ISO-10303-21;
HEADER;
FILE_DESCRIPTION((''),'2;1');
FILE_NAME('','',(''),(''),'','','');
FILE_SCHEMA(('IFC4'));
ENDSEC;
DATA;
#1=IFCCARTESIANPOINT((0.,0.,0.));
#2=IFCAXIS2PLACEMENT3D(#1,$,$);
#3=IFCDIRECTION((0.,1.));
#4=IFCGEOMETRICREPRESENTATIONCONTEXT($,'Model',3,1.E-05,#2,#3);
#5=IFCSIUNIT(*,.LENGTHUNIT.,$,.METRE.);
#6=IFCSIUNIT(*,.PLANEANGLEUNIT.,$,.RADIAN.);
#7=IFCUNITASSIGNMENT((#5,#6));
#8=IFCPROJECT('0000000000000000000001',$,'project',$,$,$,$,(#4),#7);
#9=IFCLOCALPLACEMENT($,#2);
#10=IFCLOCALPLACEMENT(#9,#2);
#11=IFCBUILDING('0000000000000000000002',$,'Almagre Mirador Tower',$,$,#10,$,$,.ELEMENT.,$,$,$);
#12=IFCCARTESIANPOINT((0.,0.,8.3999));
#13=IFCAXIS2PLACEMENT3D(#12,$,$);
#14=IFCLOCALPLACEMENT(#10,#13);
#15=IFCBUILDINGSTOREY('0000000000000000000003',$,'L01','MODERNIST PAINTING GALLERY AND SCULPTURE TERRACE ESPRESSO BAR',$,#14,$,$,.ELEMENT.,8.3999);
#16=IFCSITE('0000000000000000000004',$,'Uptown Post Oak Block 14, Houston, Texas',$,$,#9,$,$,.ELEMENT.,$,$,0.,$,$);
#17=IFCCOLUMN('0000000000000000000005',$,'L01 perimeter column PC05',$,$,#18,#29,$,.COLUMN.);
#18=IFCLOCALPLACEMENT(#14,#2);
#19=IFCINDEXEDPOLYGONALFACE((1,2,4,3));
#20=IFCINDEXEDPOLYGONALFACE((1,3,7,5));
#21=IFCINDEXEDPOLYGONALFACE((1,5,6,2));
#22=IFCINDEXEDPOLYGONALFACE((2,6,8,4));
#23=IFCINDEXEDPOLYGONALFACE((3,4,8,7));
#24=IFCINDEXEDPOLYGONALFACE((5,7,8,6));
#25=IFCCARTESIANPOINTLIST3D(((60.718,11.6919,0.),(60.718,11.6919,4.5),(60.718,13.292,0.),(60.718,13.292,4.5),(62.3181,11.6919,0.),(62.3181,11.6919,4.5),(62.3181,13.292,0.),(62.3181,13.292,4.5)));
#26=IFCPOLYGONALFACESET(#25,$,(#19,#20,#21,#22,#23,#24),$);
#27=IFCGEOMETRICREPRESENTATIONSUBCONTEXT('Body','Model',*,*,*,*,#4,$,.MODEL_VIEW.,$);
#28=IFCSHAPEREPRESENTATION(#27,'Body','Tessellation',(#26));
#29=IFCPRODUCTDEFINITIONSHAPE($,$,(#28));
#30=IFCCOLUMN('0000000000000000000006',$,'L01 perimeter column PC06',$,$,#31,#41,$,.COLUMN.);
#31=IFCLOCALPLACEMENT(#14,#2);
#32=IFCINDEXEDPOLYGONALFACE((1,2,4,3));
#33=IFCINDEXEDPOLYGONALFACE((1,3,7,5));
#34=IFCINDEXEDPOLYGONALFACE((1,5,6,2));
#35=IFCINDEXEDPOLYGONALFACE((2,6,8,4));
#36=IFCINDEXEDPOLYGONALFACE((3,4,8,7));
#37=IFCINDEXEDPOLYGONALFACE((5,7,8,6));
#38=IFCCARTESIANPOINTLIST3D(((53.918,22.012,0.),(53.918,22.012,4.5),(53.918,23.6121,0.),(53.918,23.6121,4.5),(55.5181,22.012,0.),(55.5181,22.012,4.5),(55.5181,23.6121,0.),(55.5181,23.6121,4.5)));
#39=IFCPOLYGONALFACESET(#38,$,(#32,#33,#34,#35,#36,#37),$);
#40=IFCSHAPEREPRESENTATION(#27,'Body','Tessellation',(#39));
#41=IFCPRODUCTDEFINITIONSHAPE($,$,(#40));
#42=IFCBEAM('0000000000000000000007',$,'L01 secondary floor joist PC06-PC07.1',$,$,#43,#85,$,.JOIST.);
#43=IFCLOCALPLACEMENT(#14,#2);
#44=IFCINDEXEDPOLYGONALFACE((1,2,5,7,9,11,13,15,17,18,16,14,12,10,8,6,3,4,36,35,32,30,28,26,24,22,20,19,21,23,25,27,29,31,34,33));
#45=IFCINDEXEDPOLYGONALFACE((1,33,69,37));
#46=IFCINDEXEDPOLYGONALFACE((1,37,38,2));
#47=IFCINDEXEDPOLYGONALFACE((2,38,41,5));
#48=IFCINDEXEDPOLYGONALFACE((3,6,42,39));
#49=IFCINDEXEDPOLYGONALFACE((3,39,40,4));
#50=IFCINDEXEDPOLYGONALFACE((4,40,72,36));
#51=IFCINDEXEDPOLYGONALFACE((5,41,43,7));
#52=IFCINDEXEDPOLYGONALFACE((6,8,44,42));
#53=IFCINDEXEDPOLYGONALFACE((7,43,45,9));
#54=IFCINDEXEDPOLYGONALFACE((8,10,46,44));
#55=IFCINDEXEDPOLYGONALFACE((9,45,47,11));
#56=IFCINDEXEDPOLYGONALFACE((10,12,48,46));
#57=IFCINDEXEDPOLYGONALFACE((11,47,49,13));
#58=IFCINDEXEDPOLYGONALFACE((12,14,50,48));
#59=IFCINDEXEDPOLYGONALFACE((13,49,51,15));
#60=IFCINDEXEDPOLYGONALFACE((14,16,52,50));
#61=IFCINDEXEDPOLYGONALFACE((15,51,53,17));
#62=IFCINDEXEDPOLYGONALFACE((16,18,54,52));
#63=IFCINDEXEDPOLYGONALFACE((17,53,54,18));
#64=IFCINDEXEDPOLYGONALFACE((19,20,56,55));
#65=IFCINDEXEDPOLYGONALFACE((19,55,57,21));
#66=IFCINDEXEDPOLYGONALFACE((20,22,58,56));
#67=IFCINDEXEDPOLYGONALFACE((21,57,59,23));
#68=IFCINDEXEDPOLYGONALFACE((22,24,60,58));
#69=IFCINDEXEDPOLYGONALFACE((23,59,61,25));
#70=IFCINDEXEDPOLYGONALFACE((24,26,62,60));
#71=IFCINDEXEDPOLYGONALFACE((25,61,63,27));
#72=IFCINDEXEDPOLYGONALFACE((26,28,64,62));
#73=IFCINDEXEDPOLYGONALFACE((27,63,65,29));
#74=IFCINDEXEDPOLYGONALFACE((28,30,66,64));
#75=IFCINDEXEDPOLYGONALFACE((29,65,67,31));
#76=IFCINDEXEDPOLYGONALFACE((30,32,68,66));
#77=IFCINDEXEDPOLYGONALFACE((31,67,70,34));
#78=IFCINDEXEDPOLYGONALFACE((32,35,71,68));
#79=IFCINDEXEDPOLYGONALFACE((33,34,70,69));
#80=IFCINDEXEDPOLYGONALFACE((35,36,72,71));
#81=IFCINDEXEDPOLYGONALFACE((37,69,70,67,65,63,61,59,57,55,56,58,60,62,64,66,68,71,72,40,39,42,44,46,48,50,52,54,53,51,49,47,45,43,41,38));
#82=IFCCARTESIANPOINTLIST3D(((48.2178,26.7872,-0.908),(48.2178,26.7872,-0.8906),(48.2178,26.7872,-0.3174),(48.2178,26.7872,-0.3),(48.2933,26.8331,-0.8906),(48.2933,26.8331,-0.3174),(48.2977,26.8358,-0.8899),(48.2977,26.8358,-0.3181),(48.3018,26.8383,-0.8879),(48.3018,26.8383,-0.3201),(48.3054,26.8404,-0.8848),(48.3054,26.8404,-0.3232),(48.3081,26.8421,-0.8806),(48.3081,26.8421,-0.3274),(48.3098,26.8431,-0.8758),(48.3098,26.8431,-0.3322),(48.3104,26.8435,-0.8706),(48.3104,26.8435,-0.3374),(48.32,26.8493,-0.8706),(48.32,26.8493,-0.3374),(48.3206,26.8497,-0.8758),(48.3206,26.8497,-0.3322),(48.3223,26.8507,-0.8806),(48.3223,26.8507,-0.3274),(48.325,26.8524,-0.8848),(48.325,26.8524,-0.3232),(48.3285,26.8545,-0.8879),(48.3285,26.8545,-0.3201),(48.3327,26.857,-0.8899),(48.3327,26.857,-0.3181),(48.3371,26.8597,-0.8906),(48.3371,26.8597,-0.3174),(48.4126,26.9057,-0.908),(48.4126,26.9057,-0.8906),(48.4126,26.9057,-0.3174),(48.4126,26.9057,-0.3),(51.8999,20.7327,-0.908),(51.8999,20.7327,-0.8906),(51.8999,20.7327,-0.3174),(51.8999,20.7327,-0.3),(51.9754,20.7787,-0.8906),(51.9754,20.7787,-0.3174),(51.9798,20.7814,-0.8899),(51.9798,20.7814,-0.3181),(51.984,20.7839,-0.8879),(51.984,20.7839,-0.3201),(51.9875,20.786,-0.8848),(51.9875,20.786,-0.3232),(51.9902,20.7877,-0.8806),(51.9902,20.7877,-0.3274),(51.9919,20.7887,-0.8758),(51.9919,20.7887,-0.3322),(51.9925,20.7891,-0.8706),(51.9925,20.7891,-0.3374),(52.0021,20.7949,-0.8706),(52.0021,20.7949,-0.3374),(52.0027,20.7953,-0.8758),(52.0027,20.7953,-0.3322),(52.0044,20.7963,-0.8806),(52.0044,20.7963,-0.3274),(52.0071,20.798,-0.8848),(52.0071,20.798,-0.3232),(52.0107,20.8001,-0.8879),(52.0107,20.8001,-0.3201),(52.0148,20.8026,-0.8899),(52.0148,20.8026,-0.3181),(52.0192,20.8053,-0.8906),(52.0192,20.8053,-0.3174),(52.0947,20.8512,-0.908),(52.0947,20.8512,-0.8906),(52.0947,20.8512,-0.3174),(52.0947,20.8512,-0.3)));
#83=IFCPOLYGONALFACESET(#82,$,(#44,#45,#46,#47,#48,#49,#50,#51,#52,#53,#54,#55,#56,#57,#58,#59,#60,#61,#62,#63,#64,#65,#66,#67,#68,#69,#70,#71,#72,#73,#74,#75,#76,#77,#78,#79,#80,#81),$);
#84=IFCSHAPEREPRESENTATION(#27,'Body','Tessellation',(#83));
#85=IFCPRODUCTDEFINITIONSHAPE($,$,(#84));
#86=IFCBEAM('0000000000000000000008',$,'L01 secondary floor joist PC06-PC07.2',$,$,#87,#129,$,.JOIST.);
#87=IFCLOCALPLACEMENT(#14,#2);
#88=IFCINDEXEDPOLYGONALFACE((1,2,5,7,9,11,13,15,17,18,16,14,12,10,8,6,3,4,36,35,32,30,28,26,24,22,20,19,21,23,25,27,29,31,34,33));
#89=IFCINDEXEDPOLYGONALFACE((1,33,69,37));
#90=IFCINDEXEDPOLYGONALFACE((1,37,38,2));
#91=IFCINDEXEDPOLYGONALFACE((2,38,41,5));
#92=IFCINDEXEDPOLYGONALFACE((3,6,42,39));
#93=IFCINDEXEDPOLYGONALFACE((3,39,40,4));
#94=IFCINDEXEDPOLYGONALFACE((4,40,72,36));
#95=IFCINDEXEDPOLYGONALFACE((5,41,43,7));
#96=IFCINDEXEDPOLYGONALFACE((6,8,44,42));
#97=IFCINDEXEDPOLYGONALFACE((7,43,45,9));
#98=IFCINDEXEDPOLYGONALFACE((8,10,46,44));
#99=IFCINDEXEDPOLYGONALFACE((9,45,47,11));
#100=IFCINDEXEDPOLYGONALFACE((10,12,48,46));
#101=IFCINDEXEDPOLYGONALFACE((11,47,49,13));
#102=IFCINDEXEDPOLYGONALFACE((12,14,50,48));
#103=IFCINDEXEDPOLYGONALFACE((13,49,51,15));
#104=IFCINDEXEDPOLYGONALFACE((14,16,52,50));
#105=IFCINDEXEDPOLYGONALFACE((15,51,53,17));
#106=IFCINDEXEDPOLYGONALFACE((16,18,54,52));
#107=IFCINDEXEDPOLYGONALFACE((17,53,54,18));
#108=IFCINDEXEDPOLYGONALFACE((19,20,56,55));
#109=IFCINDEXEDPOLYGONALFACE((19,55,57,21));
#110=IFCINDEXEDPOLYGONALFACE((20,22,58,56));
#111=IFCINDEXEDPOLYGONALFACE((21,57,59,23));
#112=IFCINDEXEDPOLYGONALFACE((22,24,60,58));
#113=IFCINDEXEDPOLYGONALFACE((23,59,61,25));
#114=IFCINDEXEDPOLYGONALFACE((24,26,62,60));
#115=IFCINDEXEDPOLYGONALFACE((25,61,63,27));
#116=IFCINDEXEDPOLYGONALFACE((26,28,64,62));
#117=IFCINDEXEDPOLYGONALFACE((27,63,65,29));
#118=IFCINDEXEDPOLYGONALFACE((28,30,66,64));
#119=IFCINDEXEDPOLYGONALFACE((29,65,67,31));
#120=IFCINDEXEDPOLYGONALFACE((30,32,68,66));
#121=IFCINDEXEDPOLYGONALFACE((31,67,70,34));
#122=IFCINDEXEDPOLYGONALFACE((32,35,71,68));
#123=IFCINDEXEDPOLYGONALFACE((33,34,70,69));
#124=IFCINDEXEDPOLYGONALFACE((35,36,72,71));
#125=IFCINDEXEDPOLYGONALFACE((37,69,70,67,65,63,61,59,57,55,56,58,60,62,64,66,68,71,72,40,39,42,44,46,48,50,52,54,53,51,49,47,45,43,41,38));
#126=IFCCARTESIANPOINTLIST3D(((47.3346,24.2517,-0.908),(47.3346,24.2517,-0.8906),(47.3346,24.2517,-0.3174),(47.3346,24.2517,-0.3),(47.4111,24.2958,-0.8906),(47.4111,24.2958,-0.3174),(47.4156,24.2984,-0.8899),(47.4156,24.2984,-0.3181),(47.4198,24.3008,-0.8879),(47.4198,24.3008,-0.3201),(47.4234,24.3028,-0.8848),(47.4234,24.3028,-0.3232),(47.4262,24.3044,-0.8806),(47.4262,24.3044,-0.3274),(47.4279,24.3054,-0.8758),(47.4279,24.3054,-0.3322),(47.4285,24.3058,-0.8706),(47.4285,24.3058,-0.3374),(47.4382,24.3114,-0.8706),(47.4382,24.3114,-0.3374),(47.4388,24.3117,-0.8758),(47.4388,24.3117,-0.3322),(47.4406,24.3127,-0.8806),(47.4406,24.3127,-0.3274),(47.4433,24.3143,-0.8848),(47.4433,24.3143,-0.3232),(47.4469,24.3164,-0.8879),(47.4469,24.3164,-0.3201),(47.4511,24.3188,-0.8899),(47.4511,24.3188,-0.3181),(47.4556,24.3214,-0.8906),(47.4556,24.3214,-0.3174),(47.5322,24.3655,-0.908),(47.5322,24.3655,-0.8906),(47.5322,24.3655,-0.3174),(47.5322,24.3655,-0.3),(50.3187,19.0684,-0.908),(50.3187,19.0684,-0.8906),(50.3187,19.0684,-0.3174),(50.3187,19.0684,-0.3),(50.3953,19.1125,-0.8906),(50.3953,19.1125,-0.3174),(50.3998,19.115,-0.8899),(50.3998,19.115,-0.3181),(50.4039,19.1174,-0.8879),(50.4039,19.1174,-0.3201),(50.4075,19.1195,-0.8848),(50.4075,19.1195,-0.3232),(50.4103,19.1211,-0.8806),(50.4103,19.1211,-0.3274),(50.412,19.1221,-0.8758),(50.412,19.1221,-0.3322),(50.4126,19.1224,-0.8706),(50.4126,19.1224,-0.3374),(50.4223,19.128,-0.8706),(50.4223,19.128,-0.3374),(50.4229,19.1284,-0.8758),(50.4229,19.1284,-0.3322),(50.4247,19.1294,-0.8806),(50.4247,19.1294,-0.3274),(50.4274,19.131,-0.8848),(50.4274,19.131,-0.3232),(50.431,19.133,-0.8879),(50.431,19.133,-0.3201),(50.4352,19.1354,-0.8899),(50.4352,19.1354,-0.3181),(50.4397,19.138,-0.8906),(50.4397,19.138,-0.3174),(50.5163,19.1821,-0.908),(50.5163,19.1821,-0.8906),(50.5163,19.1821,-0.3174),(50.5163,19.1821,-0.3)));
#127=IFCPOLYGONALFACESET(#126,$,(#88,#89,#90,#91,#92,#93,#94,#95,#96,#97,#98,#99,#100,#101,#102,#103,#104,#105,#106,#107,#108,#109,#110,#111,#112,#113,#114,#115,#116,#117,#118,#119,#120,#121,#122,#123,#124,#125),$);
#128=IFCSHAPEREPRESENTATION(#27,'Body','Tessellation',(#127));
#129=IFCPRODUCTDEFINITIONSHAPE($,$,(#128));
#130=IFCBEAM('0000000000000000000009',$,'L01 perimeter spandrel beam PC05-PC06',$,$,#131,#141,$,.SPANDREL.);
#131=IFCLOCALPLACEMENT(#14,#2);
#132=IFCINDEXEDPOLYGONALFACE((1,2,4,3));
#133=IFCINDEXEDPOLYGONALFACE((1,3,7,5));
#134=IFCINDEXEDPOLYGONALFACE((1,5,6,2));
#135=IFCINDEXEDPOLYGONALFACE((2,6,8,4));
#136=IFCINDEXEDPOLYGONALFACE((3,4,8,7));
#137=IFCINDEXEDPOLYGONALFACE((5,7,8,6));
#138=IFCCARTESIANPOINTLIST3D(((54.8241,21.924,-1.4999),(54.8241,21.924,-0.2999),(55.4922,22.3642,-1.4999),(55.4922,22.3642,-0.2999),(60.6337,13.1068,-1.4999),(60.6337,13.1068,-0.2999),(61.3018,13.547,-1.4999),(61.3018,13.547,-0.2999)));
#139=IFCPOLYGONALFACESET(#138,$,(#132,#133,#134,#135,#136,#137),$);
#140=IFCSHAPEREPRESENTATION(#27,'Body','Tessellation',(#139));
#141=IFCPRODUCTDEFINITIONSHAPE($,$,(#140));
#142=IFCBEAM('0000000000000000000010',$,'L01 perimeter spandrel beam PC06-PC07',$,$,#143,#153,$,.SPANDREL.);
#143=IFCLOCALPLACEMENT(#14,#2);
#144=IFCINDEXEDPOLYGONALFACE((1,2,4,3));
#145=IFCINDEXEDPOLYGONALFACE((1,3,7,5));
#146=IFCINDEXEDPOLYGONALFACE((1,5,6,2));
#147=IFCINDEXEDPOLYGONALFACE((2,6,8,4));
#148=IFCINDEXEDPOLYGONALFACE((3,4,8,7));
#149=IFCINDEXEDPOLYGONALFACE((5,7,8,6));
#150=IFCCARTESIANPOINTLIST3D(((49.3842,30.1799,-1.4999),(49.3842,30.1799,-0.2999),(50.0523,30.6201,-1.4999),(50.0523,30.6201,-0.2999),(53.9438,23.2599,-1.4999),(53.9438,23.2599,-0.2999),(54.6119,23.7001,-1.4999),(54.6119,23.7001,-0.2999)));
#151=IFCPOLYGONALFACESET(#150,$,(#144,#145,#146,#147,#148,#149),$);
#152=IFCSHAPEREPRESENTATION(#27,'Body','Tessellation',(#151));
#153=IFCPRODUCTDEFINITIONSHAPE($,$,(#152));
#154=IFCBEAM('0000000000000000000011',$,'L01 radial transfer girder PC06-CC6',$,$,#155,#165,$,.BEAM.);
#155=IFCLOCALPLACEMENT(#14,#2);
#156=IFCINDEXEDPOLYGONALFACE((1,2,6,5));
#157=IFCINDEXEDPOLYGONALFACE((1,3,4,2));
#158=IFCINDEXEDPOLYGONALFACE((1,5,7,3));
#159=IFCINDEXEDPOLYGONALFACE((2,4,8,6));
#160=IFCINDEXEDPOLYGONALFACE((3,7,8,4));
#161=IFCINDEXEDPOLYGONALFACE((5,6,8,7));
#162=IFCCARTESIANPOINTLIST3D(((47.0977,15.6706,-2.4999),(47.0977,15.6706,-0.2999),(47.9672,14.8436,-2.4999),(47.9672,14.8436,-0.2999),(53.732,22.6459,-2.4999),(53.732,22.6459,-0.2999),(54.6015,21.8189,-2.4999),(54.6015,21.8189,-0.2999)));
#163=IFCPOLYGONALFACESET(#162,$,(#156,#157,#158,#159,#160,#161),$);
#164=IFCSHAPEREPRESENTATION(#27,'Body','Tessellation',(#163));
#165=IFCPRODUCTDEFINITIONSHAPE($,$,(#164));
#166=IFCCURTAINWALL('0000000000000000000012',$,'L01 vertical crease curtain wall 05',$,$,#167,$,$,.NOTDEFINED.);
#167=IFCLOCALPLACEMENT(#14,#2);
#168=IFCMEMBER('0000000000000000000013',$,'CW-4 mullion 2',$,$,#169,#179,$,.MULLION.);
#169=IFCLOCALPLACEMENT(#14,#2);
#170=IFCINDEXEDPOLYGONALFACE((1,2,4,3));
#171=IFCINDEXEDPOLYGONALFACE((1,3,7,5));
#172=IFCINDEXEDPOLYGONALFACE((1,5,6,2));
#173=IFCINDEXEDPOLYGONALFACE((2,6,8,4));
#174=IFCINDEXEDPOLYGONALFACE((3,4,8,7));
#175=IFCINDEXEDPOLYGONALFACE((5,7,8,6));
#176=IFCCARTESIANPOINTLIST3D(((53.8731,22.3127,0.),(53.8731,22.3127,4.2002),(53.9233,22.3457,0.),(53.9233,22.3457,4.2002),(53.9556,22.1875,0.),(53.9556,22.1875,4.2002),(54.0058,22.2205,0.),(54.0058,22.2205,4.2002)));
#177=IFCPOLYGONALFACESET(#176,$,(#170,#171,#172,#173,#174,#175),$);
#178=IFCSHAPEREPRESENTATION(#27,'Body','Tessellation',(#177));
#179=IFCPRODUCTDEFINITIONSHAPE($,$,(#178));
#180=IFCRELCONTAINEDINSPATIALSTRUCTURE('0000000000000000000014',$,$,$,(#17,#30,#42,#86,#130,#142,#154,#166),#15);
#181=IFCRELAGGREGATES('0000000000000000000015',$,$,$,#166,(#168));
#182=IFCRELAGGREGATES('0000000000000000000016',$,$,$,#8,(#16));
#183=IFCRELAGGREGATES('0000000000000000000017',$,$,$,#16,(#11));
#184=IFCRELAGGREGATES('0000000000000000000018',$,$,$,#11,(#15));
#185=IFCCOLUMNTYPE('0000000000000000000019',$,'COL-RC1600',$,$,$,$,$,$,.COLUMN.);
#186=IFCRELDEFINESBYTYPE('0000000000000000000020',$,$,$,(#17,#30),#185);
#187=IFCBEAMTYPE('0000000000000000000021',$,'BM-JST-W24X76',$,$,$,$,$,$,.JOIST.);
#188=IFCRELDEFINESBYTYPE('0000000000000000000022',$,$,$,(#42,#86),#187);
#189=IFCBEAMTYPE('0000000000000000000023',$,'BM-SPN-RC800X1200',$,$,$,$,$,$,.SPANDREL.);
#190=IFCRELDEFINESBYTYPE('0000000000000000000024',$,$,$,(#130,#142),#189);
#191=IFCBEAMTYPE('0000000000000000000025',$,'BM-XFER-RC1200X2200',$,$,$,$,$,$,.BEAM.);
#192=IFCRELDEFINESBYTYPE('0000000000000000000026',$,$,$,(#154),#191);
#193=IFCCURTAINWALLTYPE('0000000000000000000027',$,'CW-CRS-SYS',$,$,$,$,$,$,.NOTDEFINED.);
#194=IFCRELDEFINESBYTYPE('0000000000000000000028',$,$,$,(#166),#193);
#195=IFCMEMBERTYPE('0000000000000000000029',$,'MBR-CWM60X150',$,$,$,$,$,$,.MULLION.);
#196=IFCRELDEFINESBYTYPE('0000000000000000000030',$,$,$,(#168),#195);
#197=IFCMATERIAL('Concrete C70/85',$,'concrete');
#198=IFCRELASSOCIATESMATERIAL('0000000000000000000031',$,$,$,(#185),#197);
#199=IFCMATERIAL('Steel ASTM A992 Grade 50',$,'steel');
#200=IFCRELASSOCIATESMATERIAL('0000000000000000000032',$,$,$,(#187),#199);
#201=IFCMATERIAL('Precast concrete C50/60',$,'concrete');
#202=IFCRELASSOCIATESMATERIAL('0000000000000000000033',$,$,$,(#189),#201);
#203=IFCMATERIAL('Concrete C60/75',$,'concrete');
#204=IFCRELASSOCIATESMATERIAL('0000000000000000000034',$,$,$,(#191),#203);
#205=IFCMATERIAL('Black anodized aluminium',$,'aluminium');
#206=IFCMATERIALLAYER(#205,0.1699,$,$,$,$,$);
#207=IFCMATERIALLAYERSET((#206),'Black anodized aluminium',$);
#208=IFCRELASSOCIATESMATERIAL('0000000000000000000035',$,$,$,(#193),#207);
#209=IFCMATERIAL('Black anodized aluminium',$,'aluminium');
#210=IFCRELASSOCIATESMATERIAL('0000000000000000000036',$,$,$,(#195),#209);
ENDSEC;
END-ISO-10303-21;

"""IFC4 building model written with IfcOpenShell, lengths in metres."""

from ifc_helpers import new_model, si_unit, direction, frame, origin, origin_2d, place, context, subcontext, project, spatial, rectangle, i_section, extrude, material, layer, layer_set, material_profile, profile_set, type_object, element, aggregate, save


model = new_model("IFC4")

# Units and contexts
model_context = context("Model", 3, precision=1e-05, world=origin(), true_north=direction((0.0, 1.0)))
body_context = subcontext(model_context, "Body", "Model", "MODEL_VIEW")
ifc_project = project(units=[si_unit("LENGTHUNIT", "METRE"), si_unit("PLANEANGLEUNIT", "RADIAN")], contexts=[model_context])

# Site, building, storey
site_placement = place(None, origin())
site = spatial("IfcSite", under=ifc_project, at=site_placement, Name="Uptown Post Oak Block 14, Houston, Texas", CompositionType="ELEMENT", RefElevation=0.0)
building_placement = place(site_placement, origin())
building = spatial("IfcBuilding", under=site, at=building_placement, Name="Almagre Mirador Tower", CompositionType="ELEMENT")
storey_placement = place(building_placement, frame((0.0, 0.0, 8.3999)))
storey = spatial("IfcBuildingStorey", under=building, at=storey_placement, Name="L01", Description="MODERNIST PAINTING GALLERY AND SCULPTURE TERRACE ESPRESSO BAR", CompositionType="ELEMENT", Elevation=8.3999)

# Columns
ifc_material_1 = material(Name="Concrete C70/85", Category="concrete")
ifc_material_profile_1 = material_profile(ifc_material_1, rectangle(XDim=1.6001, YDim=1.6001, at=origin_2d()), Name="RC1600X1600")
ifc_profile_set_1 = profile_set([ifc_material_profile_1], Name="Concrete C70/85")
column_type = type_object("IfcColumnType", Name="COL-RC1600", PredefinedType="COLUMN", material=ifc_profile_set_1)
for number, where, z_axis, x_axis, name in (
    (1, (61.5181, 12.4919, 0.0), (0.0, 0.0, 1.0), (1.0, 0.0, 0.0), "L01 perimeter column PC05"),
    (2, (54.718, 22.812, 0.0), (0.0, 0.0, 1.0), (1.0, 0.0, 0.0), "L01 perimeter column PC06"),
):
    element("IfcColumn", number, at=place(storey_placement, frame(where, z_axis=z_axis, x_axis=x_axis)), inside=storey, type_object=column_type, Name=name, PredefinedType="COLUMN", context=body_context, shape_type="SweptSolid", body=[
        extrude(rectangle(XDim=1.6001, YDim=1.6001, at=origin_2d()), origin(), (0.0, 0.0, 1.0), 4.5),
    ])

# Beams
ifc_material_2 = material(Name="Steel ASTM A992 Grade 50", Category="steel")
ifc_material_profile_2 = material_profile(ifc_material_2, i_section(OverallWidth=0.228, OverallDepth=0.6079, WebThickness=0.0112, FlangeThickness=0.0173, FilletRadius=0.02, at=origin_2d()), Name="W24X76")
ifc_profile_set_2 = profile_set([ifc_material_profile_2], Name="Steel ASTM A992 Grade 50")
beam_type_1 = type_object("IfcBeamType", Name="BM-JST-W24X76", PredefinedType="JOIST", material=ifc_profile_set_2)
beam_1_placement = place(storey_placement, frame((51.9973, 20.792, -0.604), z_axis=(-0.519619, 0.854398, 0.0), x_axis=(-0.854398, -0.519619, 0.0)))
element("IfcBeam", 3, at=beam_1_placement, inside=storey, type_object=beam_type_1, Name="L01 secondary floor joist PC06-PC07.1", PredefinedType="JOIST", context=body_context, shape_type="SweptSolid", body=[
    extrude(i_section(OverallWidth=0.228, OverallDepth=0.6079, WebThickness=0.0112, FlangeThickness=0.0173, FilletRadius=0.02, at=origin_2d()), origin(), (0.0, 0.0, 1.0), 7.0862),
])
beam_2_placement = place(storey_placement, frame((50.4175, 19.1252, -0.604), z_axis=(-0.498937, 0.866639, 0.0), x_axis=(-0.866639, -0.498937, 0.0)))
element("IfcBeam", 4, at=beam_2_placement, inside=storey, type_object=beam_type_1, Name="L01 secondary floor joist PC06-PC07.2", PredefinedType="JOIST", context=body_context, shape_type="SweptSolid", body=[
    extrude(i_section(OverallWidth=0.228, OverallDepth=0.6079, WebThickness=0.0112, FlangeThickness=0.0173, FilletRadius=0.02, at=origin_2d()), origin(), (0.0, 0.0, 1.0), 5.981),
])
ifc_material_3 = material(Name="Precast concrete C50/60", Category="concrete")
ifc_material_profile_3 = material_profile(ifc_material_3, rectangle(XDim=0.8, YDim=1.2, at=origin_2d()), Name="RC800X1200")
ifc_profile_set_3 = profile_set([ifc_material_profile_3], Name="Precast concrete C50/60")
beam_type_2 = type_object("IfcBeamType", Name="BM-SPN-RC800X1200", PredefinedType="SPANDREL", material=ifc_profile_set_3)
beam_3_placement = place(storey_placement, frame((60.9678, 13.3269, -0.8999), z_axis=(-0.550199, 0.835033, 0.0), x_axis=(-0.835033, -0.550199, 0.0)))
element("IfcBeam", 5, at=beam_3_placement, inside=storey, type_object=beam_type_2, Name="L01 perimeter spandrel beam PC05-PC06", PredefinedType="SPANDREL", context=body_context, shape_type="SweptSolid", body=[
    extrude(rectangle(XDim=0.8, YDim=1.2, at=origin_2d()), origin(), (0.0, 0.0, 1.0), 10.5591),
])
beam_4_placement = place(storey_placement, frame((54.2778, 23.48, -0.8999), z_axis=(-0.550205, 0.83503, 0.0), x_axis=(-0.83503, -0.550205, 0.0)))
element("IfcBeam", 6, at=beam_4_placement, inside=storey, type_object=beam_type_2, Name="L01 perimeter spandrel beam PC06-PC07", PredefinedType="SPANDREL", context=body_context, shape_type="SweptSolid", body=[
    extrude(rectangle(XDim=0.8, YDim=1.2, at=origin_2d()), origin(), (0.0, 0.0, 1.0), 8.2871),
])
ifc_material_4 = material(Name="Concrete C60/75", Category="concrete")
ifc_material_profile_4 = material_profile(ifc_material_4, rectangle(XDim=1.2, YDim=2.2, at=origin_2d()), Name="RC1200X2200")
ifc_profile_set_4 = profile_set([ifc_material_profile_4], Name="Concrete C60/75")
beam_type_3 = type_object("IfcBeamType", Name="BM-XFER-RC1200X2200", PredefinedType="BEAM", material=ifc_profile_set_4)
beam_5_placement = place(storey_placement, frame((54.1667, 22.2324, -1.3999), z_axis=(-0.68917, -0.7246, 0.0), x_axis=(0.7246, -0.68917, 0.0)))
element("IfcBeam", 7, at=beam_5_placement, inside=storey, type_object=beam_type_3, Name="L01 radial transfer girder PC06-CC6", PredefinedType="BEAM", context=body_context, shape_type="SweptSolid", body=[
    extrude(rectangle(XDim=1.2, YDim=2.2, at=origin_2d()), origin(), (0.0, 0.0, 1.0), 9.6265),
])

# Curtain wall, member
ifc_material_5 = material(Name="Black anodized aluminium", Category="aluminium")
ifc_layer_1 = layer(ifc_material_5, 0.1699)
ifc_layer_set_1 = layer_set([ifc_layer_1], Name="Black anodized aluminium")
curtain_wall_type = type_object("IfcCurtainWallType", Name="CW-CRS-SYS", PredefinedType="NOTDEFINED", material=ifc_layer_set_1)
curtain_wall_placement = place(storey_placement, origin())
curtain_wall = element("IfcCurtainWall", 8, at=curtain_wall_placement, inside=storey, type_object=curtain_wall_type, Name="L01 vertical crease curtain wall 05", PredefinedType="NOTDEFINED")
ifc_material_6 = material(Name="Black anodized aluminium", Category="aluminium")
ifc_material_profile_5 = material_profile(ifc_material_6, rectangle(XDim=0.0601, YDim=0.1499, at=origin_2d()), Name="CWM60X150")
ifc_profile_set_5 = profile_set([ifc_material_profile_5], Name="Black anodized aluminium")
member_type = type_object("IfcMemberType", Name="MBR-CWM60X150", PredefinedType="MULLION", material=ifc_profile_set_5)
member_placement = place(storey_placement, frame((53.9395, 22.2666, 0.0), z_axis=(0.0, 0.0, 1.0), x_axis=(0.834991, 0.550263, 0.0)))
member = element("IfcMember", 9, at=member_placement, type_object=member_type, Name="CW-4 mullion 2", PredefinedType="MULLION", context=body_context, shape_type="SweptSolid", body=[
    extrude(rectangle(XDim=0.0601, YDim=0.1499, at=origin_2d()), origin(), (0.0, 0.0, 1.0), 4.2002),
])
aggregate(curtain_wall, [member])

save(model, "model.ifc")
